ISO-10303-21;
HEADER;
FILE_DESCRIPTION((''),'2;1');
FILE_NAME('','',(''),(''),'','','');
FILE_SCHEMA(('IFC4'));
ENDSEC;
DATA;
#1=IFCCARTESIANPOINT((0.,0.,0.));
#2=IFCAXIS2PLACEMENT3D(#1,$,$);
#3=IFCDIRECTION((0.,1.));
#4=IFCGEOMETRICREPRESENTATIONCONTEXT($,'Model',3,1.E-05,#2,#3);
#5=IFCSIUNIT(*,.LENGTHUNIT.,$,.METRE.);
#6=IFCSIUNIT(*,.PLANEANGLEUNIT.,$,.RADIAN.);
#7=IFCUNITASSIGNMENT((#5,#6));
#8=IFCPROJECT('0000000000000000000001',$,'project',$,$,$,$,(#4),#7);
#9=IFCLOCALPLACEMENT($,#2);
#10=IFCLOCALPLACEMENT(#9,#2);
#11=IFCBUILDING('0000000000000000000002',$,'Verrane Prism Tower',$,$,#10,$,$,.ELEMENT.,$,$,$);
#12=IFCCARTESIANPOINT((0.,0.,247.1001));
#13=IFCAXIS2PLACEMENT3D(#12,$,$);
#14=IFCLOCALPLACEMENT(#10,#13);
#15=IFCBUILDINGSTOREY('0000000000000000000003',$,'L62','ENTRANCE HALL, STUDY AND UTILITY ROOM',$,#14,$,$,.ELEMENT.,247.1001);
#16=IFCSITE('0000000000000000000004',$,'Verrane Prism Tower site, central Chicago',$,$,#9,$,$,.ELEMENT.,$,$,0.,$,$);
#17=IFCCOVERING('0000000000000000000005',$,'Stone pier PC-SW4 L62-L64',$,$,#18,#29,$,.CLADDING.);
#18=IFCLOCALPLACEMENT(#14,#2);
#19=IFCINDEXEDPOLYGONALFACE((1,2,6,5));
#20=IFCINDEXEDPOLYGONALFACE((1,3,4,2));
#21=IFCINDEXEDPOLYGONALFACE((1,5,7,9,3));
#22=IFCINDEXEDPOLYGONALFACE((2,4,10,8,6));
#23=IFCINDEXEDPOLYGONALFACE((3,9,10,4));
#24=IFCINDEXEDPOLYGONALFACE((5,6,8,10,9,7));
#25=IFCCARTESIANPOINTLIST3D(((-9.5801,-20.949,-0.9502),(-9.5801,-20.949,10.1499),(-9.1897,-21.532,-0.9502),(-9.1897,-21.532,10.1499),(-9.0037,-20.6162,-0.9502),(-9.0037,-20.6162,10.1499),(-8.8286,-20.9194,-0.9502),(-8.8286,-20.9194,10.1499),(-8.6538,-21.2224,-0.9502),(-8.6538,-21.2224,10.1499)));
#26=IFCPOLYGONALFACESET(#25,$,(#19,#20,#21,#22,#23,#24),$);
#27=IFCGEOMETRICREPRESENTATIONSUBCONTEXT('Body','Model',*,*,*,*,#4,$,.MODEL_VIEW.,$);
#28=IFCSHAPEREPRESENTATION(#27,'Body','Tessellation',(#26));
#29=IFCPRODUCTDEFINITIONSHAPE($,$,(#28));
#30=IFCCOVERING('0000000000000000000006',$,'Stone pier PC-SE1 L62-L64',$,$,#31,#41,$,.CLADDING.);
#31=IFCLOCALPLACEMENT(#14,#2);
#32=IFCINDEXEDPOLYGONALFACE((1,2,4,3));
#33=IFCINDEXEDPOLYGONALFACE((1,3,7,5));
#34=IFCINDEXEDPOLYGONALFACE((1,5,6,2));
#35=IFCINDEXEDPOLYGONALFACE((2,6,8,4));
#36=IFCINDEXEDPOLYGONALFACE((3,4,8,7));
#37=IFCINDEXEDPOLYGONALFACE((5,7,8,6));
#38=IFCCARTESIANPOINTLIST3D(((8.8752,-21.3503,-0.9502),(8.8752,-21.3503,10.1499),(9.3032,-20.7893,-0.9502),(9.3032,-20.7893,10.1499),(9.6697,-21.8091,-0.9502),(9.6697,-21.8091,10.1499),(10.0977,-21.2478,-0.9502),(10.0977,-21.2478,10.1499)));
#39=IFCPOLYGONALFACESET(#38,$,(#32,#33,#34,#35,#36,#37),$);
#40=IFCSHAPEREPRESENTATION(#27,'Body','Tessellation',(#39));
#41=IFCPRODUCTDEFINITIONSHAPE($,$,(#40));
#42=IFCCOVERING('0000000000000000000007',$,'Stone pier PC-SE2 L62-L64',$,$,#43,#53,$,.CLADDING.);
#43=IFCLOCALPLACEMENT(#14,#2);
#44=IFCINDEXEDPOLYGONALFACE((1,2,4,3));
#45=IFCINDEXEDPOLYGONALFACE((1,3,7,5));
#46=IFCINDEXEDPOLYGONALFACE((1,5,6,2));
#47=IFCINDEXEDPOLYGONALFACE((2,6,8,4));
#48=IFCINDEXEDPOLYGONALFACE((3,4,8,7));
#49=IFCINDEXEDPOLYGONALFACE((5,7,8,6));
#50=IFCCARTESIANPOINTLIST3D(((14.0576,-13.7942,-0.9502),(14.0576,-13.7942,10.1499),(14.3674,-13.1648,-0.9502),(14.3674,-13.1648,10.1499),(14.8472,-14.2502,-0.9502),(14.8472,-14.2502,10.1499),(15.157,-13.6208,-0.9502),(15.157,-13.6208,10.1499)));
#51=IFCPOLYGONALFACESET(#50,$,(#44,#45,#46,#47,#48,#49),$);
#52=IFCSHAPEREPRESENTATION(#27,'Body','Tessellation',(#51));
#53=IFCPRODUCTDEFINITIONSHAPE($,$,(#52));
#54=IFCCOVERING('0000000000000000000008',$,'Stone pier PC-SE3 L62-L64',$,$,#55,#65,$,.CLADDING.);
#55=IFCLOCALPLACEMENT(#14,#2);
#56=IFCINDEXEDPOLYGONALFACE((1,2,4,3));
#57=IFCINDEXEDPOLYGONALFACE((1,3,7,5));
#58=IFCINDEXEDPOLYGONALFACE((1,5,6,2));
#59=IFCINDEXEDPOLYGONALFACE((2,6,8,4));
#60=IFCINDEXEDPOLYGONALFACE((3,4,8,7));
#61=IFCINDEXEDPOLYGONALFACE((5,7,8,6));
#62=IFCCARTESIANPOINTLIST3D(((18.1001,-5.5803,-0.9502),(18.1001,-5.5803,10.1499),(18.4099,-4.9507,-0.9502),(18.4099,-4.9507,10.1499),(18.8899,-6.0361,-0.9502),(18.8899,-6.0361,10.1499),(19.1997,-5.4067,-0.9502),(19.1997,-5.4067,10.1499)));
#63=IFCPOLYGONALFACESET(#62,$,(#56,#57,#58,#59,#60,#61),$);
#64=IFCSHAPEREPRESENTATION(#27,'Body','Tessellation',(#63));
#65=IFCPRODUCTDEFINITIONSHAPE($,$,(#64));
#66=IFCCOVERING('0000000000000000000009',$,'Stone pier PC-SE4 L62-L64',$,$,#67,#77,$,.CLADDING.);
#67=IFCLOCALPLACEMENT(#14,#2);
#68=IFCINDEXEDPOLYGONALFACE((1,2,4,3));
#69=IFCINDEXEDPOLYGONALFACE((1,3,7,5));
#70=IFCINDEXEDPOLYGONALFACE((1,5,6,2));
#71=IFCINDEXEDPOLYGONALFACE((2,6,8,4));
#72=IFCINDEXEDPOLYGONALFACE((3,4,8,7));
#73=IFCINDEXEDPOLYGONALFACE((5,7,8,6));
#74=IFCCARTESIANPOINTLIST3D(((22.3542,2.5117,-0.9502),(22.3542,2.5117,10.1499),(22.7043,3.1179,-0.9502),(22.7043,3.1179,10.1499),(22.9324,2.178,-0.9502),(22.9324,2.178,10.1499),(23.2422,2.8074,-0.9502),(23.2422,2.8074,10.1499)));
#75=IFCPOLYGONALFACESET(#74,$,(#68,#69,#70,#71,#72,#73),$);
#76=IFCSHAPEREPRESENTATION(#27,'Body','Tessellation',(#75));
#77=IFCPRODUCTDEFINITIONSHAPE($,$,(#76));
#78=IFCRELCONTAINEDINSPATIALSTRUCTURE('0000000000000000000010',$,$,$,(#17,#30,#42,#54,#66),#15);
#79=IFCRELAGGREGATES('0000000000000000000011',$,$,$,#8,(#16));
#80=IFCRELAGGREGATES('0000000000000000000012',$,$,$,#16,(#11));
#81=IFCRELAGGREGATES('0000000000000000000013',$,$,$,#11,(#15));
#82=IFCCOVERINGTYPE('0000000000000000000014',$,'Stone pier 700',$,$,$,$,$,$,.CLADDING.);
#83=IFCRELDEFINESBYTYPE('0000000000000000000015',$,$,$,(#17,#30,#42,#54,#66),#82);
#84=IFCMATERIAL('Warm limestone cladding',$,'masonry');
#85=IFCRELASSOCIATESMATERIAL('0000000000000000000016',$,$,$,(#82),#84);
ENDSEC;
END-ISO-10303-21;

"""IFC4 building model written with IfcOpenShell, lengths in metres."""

from ifc_helpers import new_model, si_unit, direction, frame, origin, place, context, subcontext, project, spatial, polyline, outline, extrude, material, type_object, element, save


model = new_model("IFC4")

# Units and contexts
model_context = context("Model", 3, precision=1e-05, world=origin(), true_north=direction((0.0, 1.0)))
body_context = subcontext(model_context, "Body", "Model", "MODEL_VIEW")
ifc_project = project(units=[si_unit("LENGTHUNIT", "METRE"), si_unit("PLANEANGLEUNIT", "RADIAN")], contexts=[model_context])

# Site, building, storey
site_placement = place(None, origin())
site = spatial("IfcSite", under=ifc_project, at=site_placement, Name="Verrane Prism Tower site, central Chicago", CompositionType="ELEMENT", RefElevation=0.0)
building_placement = place(site_placement, origin())
building = spatial("IfcBuilding", under=site, at=building_placement, Name="Verrane Prism Tower", CompositionType="ELEMENT")
storey_placement = place(building_placement, frame((0.0, 0.0, 247.1001)))
storey = spatial("IfcBuildingStorey", under=building, at=storey_placement, Name="L62", Description="ENTRANCE HALL, STUDY AND UTILITY ROOM", CompositionType="ELEMENT", Elevation=247.1001)

# Coverings
ifc_material_1 = material(Name="Warm limestone cladding", Category="masonry")
covering_type_1 = type_object("IfcCoveringType", Name="Stone pier 700", PredefinedType="CLADDING", material=ifc_material_1)
covering_1_placement = place(storey_placement, frame((0.0, 0.0, -0.9502)))
element("IfcCovering", 1, at=covering_1_placement, inside=storey, type_object=covering_type_1, Name="Stone pier PC-SW4 L62-L64", PredefinedType="CLADDING", context=body_context, shape_type="SweptSolid", body=[
    extrude(outline(polyline([(-8.6538, -21.2224), (-8.8286, -20.9194), (-9.0037, -20.6162), (-9.5801, -20.949), (-9.1897, -21.532), (-8.6538, -21.2224)])), origin(), (0.0, 0.0, 1.0), 11.1001),
])
covering_2_placement = place(storey_placement, frame((0.0, 0.0, -0.9502)))
element("IfcCovering", 2, at=covering_2_placement, inside=storey, type_object=covering_type_1, Name="Stone pier PC-SE1 L62-L64", PredefinedType="CLADDING", context=body_context, shape_type="SweptSolid", body=[
    extrude(outline(polyline([(10.0977, -21.2478), (9.3032, -20.7893), (8.8752, -21.3503), (9.6697, -21.8091), (10.0977, -21.2478)])), origin(), (0.0, 0.0, 1.0), 11.1001),
])
covering_3_placement = place(storey_placement, frame((0.0, 0.0, -0.9502)))
element("IfcCovering", 3, at=covering_3_placement, inside=storey, type_object=covering_type_1, Name="Stone pier PC-SE2 L62-L64", PredefinedType="CLADDING", context=body_context, shape_type="SweptSolid", body=[
    extrude(outline(polyline([(15.157, -13.6208), (14.3674, -13.1648), (14.0576, -13.7942), (14.8472, -14.2502), (15.157, -13.6208)])), origin(), (0.0, 0.0, 1.0), 11.1001),
])
covering_4_placement = place(storey_placement, frame((0.0, 0.0, -0.9502)))
element("IfcCovering", 4, at=covering_4_placement, inside=storey, type_object=covering_type_1, Name="Stone pier PC-SE3 L62-L64", PredefinedType="CLADDING", context=body_context, shape_type="SweptSolid", body=[
    extrude(outline(polyline([(19.1997, -5.4067), (18.4099, -4.9507), (18.1001, -5.5803), (18.8899, -6.0361), (19.1997, -5.4067)])), origin(), (0.0, 0.0, 1.0), 11.1001),
])
covering_5_placement = place(storey_placement, frame((0.0, 0.0, -0.9502)))
element("IfcCovering", 5, at=covering_5_placement, inside=storey, type_object=covering_type_1, Name="Stone pier PC-SE4 L62-L64", PredefinedType="CLADDING", context=body_context, shape_type="SweptSolid", body=[
    extrude(outline(polyline([(22.7043, 3.1179), (22.3542, 2.5117), (22.9324, 2.178), (23.2422, 2.8074), (22.7043, 3.1179)])), origin(), (0.0, 0.0, 1.0), 11.1001),
])

save(model, "model.ifc")
